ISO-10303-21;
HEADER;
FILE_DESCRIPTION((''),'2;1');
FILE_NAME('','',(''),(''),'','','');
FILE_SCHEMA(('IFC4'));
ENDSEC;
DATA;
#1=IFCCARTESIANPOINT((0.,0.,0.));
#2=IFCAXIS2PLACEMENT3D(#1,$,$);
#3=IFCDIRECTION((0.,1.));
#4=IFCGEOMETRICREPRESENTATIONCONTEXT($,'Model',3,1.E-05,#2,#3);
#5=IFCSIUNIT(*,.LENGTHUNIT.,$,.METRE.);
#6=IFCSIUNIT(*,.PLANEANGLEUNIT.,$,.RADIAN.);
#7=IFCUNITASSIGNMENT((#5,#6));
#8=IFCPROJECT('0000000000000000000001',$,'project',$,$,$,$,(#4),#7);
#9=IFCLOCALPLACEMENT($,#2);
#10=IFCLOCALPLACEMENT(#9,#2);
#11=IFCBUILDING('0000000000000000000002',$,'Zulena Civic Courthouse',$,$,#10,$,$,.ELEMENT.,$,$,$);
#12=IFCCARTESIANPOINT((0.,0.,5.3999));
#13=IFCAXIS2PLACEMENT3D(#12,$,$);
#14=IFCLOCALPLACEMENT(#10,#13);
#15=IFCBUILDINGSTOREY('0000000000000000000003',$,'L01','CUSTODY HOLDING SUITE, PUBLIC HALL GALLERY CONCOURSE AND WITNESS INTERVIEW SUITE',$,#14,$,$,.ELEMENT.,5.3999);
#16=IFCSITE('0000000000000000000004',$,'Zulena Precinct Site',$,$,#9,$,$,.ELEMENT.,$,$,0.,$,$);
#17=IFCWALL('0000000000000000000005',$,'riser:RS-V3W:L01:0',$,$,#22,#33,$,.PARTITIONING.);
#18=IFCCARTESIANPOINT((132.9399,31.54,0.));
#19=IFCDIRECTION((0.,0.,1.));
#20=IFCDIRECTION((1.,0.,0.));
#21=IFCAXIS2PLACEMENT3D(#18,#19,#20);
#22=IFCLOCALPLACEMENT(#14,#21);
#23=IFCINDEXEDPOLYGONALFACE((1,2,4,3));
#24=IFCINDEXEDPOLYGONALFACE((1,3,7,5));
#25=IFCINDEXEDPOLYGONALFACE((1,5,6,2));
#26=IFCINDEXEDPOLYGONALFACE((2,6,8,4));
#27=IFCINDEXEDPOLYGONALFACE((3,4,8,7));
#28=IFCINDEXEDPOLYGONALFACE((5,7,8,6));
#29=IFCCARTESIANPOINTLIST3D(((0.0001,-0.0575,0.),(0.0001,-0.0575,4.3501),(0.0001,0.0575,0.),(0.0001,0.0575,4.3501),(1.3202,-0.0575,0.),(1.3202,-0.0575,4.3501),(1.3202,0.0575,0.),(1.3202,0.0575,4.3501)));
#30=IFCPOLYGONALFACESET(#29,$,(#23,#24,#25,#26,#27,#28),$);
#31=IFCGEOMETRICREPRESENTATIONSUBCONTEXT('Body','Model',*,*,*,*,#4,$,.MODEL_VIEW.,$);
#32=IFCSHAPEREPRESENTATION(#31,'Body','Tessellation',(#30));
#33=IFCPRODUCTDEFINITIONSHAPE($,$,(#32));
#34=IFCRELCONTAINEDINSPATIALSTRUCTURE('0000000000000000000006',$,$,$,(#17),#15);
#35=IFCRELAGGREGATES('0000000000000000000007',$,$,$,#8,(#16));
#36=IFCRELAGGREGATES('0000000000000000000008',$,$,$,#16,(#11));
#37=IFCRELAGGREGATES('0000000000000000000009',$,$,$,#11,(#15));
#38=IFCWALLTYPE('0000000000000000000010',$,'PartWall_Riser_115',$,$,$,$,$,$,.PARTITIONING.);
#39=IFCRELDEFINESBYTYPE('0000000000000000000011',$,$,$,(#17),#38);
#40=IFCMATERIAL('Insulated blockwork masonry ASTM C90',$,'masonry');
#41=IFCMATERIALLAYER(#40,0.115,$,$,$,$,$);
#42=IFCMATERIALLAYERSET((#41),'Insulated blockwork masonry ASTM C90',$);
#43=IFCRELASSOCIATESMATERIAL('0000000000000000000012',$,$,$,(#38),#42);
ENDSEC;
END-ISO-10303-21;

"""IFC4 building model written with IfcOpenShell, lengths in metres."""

from ifc_helpers import new_model, si_unit, direction, frame, frame_2d, origin, place, context, subcontext, project, spatial, rectangle, extrude, material, layer, layer_set, type_object, element, save


model = new_model("IFC4")

# Units and contexts
model_context = context("Model", 3, precision=1e-05, world=origin(), true_north=direction((0.0, 1.0)))
body_context = subcontext(model_context, "Body", "Model", "MODEL_VIEW")
ifc_project = project(units=[si_unit("LENGTHUNIT", "METRE"), si_unit("PLANEANGLEUNIT", "RADIAN")], contexts=[model_context])

# Site, building, storey
site_placement = place(None, origin())
site = spatial("IfcSite", under=ifc_project, at=site_placement, Name="Zulena Precinct Site", CompositionType="ELEMENT", RefElevation=0.0)
building_placement = place(site_placement, origin())
building = spatial("IfcBuilding", under=site, at=building_placement, Name="Zulena Civic Courthouse", CompositionType="ELEMENT")
storey_placement = place(building_placement, frame((0.0, 0.0, 5.3999)))
storey = spatial("IfcBuildingStorey", under=building, at=storey_placement, Name="L01", Description="CUSTODY HOLDING SUITE, PUBLIC HALL GALLERY CONCOURSE AND WITNESS INTERVIEW SUITE", CompositionType="ELEMENT", Elevation=5.3999)

# Wall
ifc_material_1 = material(Name="Insulated blockwork masonry ASTM C90", Category="masonry")
ifc_layer_1 = layer(ifc_material_1, 0.115)
ifc_layer_set_1 = layer_set([ifc_layer_1], Name="Insulated blockwork masonry ASTM C90")
wall_type_1 = type_object("IfcWallType", Name="PartWall_Riser_115", PredefinedType="PARTITIONING", material=ifc_layer_set_1)
for number, where, z_axis, x_axis, name in (
    (1, (132.9399, 31.54, 0.0), (0.0, 0.0, 1.0), (1.0, 0.0, 0.0), "riser:RS-V3W:L01:0"),
):
    element("IfcWall", number, at=place(storey_placement, frame(where, z_axis=z_axis, x_axis=x_axis)), inside=storey, type_object=wall_type_1, Name=name, PredefinedType="PARTITIONING", context=body_context, shape_type="SweptSolid", body=[
        extrude(rectangle(XDim=1.3201, YDim=0.115, at=frame_2d((0.6602, 0.0))), origin(), (0.0, 0.0, 1.0), 4.3501),
    ])

save(model, "model.ifc")
